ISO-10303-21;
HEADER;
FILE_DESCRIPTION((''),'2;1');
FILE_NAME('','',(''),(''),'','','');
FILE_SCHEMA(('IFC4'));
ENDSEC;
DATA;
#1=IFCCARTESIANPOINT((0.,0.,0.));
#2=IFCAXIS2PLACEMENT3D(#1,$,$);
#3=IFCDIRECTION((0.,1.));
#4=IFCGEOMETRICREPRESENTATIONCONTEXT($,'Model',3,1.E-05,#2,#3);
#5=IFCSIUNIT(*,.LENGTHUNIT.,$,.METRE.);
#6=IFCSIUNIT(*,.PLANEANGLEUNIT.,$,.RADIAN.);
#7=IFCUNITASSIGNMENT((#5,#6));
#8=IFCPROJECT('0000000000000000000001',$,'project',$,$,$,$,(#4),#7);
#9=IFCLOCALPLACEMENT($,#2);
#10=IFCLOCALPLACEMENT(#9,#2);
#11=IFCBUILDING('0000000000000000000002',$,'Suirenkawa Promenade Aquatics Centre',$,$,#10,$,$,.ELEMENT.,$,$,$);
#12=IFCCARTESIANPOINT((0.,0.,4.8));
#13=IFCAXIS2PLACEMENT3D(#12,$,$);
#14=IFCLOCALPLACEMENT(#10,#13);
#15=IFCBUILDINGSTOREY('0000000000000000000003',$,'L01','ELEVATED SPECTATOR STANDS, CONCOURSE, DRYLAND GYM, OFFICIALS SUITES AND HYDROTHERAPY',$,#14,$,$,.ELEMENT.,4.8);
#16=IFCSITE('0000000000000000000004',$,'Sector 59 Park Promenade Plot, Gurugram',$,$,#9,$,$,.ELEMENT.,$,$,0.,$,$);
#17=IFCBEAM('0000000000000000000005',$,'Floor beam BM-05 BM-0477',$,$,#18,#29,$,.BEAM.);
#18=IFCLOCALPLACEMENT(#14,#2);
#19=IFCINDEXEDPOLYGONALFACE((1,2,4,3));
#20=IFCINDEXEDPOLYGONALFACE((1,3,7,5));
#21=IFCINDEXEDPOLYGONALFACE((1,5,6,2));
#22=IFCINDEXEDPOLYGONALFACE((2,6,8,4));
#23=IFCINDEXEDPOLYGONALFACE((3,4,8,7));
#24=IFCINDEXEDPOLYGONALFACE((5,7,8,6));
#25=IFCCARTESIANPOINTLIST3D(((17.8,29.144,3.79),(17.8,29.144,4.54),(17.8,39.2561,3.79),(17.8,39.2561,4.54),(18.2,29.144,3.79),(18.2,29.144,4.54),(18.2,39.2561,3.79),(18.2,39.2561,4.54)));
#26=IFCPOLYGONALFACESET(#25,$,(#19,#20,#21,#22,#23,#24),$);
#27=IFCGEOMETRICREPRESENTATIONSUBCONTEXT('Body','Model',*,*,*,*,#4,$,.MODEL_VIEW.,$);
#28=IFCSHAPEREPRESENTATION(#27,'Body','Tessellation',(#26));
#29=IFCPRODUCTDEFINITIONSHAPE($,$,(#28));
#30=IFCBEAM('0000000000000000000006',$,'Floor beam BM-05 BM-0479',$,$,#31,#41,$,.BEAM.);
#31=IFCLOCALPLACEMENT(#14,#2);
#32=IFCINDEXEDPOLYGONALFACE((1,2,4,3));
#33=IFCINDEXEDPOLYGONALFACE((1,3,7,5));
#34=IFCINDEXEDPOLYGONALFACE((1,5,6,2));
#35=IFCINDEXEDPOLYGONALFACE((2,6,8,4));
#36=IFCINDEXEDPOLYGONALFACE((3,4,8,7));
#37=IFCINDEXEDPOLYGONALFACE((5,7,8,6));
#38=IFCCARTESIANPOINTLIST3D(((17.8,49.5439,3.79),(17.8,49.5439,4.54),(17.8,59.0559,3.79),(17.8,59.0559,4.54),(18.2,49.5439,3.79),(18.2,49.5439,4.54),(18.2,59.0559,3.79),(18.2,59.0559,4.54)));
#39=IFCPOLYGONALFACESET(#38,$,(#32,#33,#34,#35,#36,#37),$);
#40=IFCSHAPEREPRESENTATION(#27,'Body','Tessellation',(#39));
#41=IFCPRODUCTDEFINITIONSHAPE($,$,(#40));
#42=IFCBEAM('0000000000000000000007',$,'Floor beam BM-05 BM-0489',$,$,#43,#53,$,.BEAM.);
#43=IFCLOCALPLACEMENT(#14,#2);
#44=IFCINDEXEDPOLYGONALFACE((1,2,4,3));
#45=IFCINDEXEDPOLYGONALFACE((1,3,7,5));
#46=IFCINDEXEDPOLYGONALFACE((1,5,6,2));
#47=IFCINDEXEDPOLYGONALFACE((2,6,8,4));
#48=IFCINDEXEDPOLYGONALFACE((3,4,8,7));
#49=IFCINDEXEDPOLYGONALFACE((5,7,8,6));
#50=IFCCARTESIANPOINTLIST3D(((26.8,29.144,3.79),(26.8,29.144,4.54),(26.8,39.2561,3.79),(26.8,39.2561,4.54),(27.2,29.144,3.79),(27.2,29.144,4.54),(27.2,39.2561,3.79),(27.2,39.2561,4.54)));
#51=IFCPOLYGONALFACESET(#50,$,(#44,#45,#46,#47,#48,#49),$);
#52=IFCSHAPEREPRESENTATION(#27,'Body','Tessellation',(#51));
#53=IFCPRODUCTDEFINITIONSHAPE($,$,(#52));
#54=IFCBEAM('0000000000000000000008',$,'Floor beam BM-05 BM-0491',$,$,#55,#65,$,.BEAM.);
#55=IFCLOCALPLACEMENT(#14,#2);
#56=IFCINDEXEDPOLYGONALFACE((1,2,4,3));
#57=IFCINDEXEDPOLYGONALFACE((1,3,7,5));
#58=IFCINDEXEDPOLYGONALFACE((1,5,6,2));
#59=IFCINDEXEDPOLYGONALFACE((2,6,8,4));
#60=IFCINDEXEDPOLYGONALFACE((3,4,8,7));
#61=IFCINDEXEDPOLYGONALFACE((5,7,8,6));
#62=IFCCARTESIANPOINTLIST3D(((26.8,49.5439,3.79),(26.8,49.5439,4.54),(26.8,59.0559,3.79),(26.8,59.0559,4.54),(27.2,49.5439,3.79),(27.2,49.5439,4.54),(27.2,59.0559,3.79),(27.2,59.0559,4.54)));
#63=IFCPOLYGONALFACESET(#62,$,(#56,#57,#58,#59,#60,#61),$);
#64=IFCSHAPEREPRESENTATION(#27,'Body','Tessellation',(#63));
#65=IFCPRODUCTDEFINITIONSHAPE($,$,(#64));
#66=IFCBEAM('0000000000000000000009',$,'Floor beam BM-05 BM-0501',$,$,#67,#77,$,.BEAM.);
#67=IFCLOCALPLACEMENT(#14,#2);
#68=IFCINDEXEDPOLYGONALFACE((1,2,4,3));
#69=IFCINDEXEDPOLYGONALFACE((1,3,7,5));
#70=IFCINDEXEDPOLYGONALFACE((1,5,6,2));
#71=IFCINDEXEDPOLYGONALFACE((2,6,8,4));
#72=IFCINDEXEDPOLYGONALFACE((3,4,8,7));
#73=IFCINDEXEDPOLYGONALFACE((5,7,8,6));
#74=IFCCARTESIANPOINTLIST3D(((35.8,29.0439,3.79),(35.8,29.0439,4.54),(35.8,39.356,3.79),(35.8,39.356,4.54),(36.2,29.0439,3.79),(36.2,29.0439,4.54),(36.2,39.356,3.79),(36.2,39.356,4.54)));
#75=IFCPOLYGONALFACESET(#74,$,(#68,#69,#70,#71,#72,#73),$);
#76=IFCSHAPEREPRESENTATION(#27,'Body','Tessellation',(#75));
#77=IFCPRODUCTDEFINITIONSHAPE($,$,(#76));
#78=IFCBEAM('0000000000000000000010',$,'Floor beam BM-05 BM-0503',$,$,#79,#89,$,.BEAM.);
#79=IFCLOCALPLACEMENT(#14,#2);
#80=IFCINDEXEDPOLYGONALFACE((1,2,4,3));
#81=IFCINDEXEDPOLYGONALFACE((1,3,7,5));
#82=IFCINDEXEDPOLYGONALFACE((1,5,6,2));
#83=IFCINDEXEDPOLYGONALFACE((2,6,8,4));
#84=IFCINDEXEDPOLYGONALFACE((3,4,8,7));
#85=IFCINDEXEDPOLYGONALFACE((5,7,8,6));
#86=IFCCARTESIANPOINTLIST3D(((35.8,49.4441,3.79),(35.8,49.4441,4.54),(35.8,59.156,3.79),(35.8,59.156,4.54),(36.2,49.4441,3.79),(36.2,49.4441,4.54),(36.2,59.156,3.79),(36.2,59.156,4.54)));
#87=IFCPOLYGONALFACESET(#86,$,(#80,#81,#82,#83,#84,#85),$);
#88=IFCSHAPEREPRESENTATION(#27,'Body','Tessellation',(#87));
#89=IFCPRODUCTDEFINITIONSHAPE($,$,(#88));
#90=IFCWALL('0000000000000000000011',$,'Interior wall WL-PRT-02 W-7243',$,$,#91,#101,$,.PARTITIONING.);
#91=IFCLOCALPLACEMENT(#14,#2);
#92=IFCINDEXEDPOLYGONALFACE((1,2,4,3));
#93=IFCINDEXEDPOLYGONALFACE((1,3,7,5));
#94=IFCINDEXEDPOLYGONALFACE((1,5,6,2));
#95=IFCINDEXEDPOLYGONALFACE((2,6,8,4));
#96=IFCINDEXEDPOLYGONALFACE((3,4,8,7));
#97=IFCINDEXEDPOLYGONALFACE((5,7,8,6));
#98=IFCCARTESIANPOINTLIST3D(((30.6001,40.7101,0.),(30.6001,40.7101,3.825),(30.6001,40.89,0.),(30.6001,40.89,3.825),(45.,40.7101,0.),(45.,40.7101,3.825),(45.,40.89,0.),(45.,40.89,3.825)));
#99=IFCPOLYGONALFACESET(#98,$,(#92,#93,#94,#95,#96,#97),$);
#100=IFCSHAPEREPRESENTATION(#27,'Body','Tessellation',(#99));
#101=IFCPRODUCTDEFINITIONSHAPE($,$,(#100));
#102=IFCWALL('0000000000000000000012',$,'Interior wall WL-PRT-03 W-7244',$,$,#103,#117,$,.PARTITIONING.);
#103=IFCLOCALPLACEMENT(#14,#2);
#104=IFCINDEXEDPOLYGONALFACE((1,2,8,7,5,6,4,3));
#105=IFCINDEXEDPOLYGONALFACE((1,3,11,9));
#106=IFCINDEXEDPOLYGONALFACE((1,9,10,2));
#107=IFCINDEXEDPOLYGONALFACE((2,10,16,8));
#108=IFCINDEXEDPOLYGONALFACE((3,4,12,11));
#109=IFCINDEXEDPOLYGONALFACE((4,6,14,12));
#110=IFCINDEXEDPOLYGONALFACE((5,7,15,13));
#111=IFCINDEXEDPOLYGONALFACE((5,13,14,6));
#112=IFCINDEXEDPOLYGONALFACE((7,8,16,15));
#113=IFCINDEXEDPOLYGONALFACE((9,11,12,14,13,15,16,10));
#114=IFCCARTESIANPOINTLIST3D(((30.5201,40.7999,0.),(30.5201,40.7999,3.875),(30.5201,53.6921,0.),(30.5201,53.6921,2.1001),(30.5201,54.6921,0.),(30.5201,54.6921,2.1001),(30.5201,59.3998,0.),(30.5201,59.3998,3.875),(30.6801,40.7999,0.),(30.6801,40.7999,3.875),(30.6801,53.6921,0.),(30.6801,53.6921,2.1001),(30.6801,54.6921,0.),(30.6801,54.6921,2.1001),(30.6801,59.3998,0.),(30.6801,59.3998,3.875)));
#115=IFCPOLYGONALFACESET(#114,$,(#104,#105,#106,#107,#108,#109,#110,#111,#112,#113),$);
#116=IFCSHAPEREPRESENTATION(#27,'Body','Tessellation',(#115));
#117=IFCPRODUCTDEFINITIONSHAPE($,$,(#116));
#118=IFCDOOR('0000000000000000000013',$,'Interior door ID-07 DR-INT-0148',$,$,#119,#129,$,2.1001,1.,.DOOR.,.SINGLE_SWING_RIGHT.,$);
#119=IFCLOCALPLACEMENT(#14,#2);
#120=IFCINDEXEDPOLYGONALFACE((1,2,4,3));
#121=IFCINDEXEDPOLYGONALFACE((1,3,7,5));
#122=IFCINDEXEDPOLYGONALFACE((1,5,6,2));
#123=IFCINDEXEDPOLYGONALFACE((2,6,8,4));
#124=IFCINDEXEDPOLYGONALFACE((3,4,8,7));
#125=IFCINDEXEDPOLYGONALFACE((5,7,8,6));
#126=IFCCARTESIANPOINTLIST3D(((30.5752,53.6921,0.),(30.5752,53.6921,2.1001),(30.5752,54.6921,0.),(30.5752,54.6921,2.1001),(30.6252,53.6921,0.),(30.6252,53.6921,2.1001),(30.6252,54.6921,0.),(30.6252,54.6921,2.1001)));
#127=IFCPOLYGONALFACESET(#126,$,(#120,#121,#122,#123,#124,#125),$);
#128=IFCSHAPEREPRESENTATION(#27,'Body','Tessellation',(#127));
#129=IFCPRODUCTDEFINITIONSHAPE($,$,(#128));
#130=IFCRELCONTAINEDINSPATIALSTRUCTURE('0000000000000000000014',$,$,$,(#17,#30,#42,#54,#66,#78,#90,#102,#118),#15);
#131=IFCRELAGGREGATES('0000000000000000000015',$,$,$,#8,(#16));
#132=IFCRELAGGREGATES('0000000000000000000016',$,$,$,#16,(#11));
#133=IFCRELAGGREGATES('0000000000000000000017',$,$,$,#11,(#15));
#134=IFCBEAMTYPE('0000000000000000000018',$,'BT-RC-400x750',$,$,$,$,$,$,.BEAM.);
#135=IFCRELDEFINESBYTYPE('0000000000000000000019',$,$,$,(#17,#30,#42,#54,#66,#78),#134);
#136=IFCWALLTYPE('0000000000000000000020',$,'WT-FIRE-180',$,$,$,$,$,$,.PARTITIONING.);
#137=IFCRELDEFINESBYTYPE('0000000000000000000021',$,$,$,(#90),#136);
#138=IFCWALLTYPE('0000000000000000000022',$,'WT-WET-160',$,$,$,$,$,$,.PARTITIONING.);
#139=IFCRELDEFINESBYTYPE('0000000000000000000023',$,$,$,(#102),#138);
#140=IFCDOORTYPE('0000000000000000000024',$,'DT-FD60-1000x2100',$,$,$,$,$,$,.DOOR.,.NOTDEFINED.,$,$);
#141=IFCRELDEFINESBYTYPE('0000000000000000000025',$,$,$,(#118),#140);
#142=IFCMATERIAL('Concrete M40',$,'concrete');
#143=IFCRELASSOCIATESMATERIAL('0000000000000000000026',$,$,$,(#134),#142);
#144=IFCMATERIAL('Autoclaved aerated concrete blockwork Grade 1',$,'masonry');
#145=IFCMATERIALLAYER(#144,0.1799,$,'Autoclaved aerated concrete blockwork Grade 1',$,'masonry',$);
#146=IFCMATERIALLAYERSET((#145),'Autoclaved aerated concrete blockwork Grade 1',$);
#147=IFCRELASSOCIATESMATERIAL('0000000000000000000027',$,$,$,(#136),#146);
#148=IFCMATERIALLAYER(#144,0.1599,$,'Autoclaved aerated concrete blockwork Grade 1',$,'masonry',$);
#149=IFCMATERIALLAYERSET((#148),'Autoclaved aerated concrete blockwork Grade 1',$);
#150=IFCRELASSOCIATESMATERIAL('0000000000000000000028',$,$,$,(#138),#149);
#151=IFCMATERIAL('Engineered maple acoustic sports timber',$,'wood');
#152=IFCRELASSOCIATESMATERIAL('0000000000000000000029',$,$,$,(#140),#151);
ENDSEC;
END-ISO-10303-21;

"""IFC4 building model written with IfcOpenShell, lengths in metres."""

from ifc_helpers import new_model, si_unit, direction, frame, frame_2d, origin, origin_2d, place, context, subcontext, project, spatial, rectangle, extrude, material, layer, layer_set, material_profile, profile_set, type_object, element, fill, save


model = new_model("IFC4")

# Units and contexts
model_context = context("Model", 3, precision=1e-05, world=origin(), true_north=direction((0.0, 1.0)))
body_context = subcontext(model_context, "Body", "Model", "MODEL_VIEW")
ifc_project = project(units=[si_unit("LENGTHUNIT", "METRE"), si_unit("PLANEANGLEUNIT", "RADIAN")], contexts=[model_context])

# Site, building, storey
site_placement = place(None, origin())
site = spatial("IfcSite", under=ifc_project, at=site_placement, Name="Sector 59 Park Promenade Plot, Gurugram", CompositionType="ELEMENT", RefElevation=0.0)
building_placement = place(site_placement, origin())
building = spatial("IfcBuilding", under=site, at=building_placement, Name="Suirenkawa Promenade Aquatics Centre", CompositionType="ELEMENT")
storey_placement = place(building_placement, frame((0.0, 0.0, 4.8)))
storey = spatial("IfcBuildingStorey", under=building, at=storey_placement, Name="L01", Description="ELEVATED SPECTATOR STANDS, CONCOURSE, DRYLAND GYM, OFFICIALS SUITES AND HYDROTHERAPY", CompositionType="ELEMENT", Elevation=4.8)

# Shared definitions
ifc_material_1 = material(Name="Concrete M40", Category="concrete")

# Beams
ifc_material_profile_1 = material_profile(ifc_material_1, rectangle(XDim=0.3999, YDim=0.75, at=origin_2d()), Name="RC BM 400x750", Category="concrete")
ifc_profile_set_1 = profile_set([ifc_material_profile_1], Name="Concrete M40")
beam_type_1 = type_object("IfcBeamType", Name="BT-RC-400x750", PredefinedType="BEAM", material=ifc_profile_set_1)
beam_1_placement = place(storey_placement, frame((18.0, 29.144, 4.165), z_axis=(0.0, 1.0, 0.0), x_axis=(-1.0, 0.0, 0.0)))
element("IfcBeam", 1, at=beam_1_placement, inside=storey, type_object=beam_type_1, Name="Floor beam BM-05 BM-0477", PredefinedType="BEAM", context=body_context, shape_type="SweptSolid", body=[
    extrude(rectangle(XDim=0.3999, YDim=0.75, at=origin_2d()), origin(), (0.0, 0.0, 1.0), 10.1121),
])
beam_2_placement = place(storey_placement, frame((18.0, 49.5439, 4.165), z_axis=(0.0, 1.0, 0.0), x_axis=(-1.0, 0.0, 0.0)))
element("IfcBeam", 2, at=beam_2_placement, inside=storey, type_object=beam_type_1, Name="Floor beam BM-05 BM-0479", PredefinedType="BEAM", context=body_context, shape_type="SweptSolid", body=[
    extrude(rectangle(XDim=0.3999, YDim=0.75, at=origin_2d()), origin(), (0.0, 0.0, 1.0), 9.512),
])
beam_3_placement = place(storey_placement, frame((27.0, 29.144, 4.165), z_axis=(0.0, 1.0, 0.0), x_axis=(-1.0, 0.0, 0.0)))
element("IfcBeam", 3, at=beam_3_placement, inside=storey, type_object=beam_type_1, Name="Floor beam BM-05 BM-0489", PredefinedType="BEAM", context=body_context, shape_type="SweptSolid", body=[
    extrude(rectangle(XDim=0.3999, YDim=0.75, at=origin_2d()), origin(), (0.0, 0.0, 1.0), 10.1121),
])
beam_4_placement = place(storey_placement, frame((27.0, 49.5439, 4.165), z_axis=(0.0, 1.0, 0.0), x_axis=(-1.0, 0.0, 0.0)))
element("IfcBeam", 4, at=beam_4_placement, inside=storey, type_object=beam_type_1, Name="Floor beam BM-05 BM-0491", PredefinedType="BEAM", context=body_context, shape_type="SweptSolid", body=[
    extrude(rectangle(XDim=0.3999, YDim=0.75, at=origin_2d()), origin(), (0.0, 0.0, 1.0), 9.512),
])
beam_5_placement = place(storey_placement, frame((36.0, 29.0439, 4.165), z_axis=(0.0, 1.0, 0.0), x_axis=(-1.0, 0.0, 0.0)))
element("IfcBeam", 5, at=beam_5_placement, inside=storey, type_object=beam_type_1, Name="Floor beam BM-05 BM-0501", PredefinedType="BEAM", context=body_context, shape_type="SweptSolid", body=[
    extrude(rectangle(XDim=0.3999, YDim=0.75, at=origin_2d()), origin(), (0.0, 0.0, 1.0), 10.312),
])
beam_6_placement = place(storey_placement, frame((36.0, 49.4441, 4.165), z_axis=(0.0, 1.0, 0.0), x_axis=(-1.0, 0.0, 0.0)))
element("IfcBeam", 6, at=beam_6_placement, inside=storey, type_object=beam_type_1, Name="Floor beam BM-05 BM-0503", PredefinedType="BEAM", context=body_context, shape_type="SweptSolid", body=[
    extrude(rectangle(XDim=0.3999, YDim=0.75, at=origin_2d()), origin(), (0.0, 0.0, 1.0), 9.7119),
])

# Wall
ifc_material_2 = material(Name="Autoclaved aerated concrete blockwork Grade 1", Category="masonry")
ifc_layer_1 = layer(ifc_material_2, 0.1799, Name="Autoclaved aerated concrete blockwork Grade 1", Category="masonry")
ifc_layer_set_1 = layer_set([ifc_layer_1], Name="Autoclaved aerated concrete blockwork Grade 1")
wall_type_1 = type_object("IfcWallType", Name="WT-FIRE-180", PredefinedType="PARTITIONING", material=ifc_layer_set_1)
wall_1_placement = place(storey_placement, frame((30.6001, 40.8, 0.0), z_axis=(0.0, 0.0, 1.0), x_axis=(1.0, 0.0, 0.0)))
element("IfcWall", 7, at=wall_1_placement, inside=storey, type_object=wall_type_1, Name="Interior wall WL-PRT-02 W-7243", PredefinedType="PARTITIONING", context=body_context, shape_type="SweptSolid", body=[
    extrude(rectangle(XDim=14.3999, YDim=0.1799, at=frame_2d((7.2, 0.0))), origin(), (0.0, 0.0, 1.0), 3.825),
])

# Wall, opening, door
ifc_layer_2 = layer(ifc_material_2, 0.1599, Name="Autoclaved aerated concrete blockwork Grade 1", Category="masonry")
ifc_layer_set_2 = layer_set([ifc_layer_2], Name="Autoclaved aerated concrete blockwork Grade 1")
wall_type_2 = type_object("IfcWallType", Name="WT-WET-160", PredefinedType="PARTITIONING", material=ifc_layer_set_2)
wall_2_placement = place(storey_placement, frame((30.6001, 40.8, 0.0), z_axis=(0.0, 0.0, 1.0), x_axis=(0.0, 1.0, 0.0)))
wall_2 = element("IfcWall", 8, at=wall_2_placement, inside=storey, type_object=wall_type_2, Name="Interior wall WL-PRT-03 W-7244", PredefinedType="PARTITIONING", context=body_context, shape_type="SweptSolid", body=[
    extrude(rectangle(XDim=18.5999, YDim=0.1599, at=frame_2d((9.2998, 0.0))), origin(), (0.0, 0.0, 1.0), 3.875),
])
opening_placement = place(wall_2_placement, frame((12.8921, 0.0, 0.0)))
opening = element("IfcOpeningElement", 9, at=opening_placement, cuts=wall_2, PredefinedType="OPENING", context=body_context, shape_type="SweptSolid", body=[
    extrude(rectangle(XDim=1.0, YDim=2.1001, at=frame_2d((0.5, 1.05))), frame((0.0, 0.0898, 0.0), z_axis=(0.0, -1.0, 0.0), x_axis=(1.0, 0.0, 0.0)), (0.0, 0.0, 1.0), 0.1799),
])
ifc_material_3 = material(Name="Engineered maple acoustic sports timber", Category="wood")
door_type = type_object("IfcDoorType", Name="DT-FD60-1000x2100", OperationType="NOTDEFINED", PredefinedType="DOOR", material=ifc_material_3)
door_placement = place(opening_placement, origin())
door = element("IfcDoor", 10, at=door_placement, inside=storey, type_object=door_type, Name="Interior door ID-07 DR-INT-0148", OperationType="SINGLE_SWING_RIGHT", OverallHeight=2.1001, OverallWidth=1.0, PredefinedType="DOOR", context=body_context, shape_type="SweptSolid", body=[
    extrude(rectangle(XDim=1.0, YDim=2.1001, at=frame_2d((0.5, 1.05))), frame((0.0, 0.0249, 0.0), z_axis=(0.0, -1.0, 0.0), x_axis=(1.0, 0.0, 0.0)), (0.0, 0.0, 1.0), 0.05),
])
fill(opening, door)

save(model, "model.ifc")
